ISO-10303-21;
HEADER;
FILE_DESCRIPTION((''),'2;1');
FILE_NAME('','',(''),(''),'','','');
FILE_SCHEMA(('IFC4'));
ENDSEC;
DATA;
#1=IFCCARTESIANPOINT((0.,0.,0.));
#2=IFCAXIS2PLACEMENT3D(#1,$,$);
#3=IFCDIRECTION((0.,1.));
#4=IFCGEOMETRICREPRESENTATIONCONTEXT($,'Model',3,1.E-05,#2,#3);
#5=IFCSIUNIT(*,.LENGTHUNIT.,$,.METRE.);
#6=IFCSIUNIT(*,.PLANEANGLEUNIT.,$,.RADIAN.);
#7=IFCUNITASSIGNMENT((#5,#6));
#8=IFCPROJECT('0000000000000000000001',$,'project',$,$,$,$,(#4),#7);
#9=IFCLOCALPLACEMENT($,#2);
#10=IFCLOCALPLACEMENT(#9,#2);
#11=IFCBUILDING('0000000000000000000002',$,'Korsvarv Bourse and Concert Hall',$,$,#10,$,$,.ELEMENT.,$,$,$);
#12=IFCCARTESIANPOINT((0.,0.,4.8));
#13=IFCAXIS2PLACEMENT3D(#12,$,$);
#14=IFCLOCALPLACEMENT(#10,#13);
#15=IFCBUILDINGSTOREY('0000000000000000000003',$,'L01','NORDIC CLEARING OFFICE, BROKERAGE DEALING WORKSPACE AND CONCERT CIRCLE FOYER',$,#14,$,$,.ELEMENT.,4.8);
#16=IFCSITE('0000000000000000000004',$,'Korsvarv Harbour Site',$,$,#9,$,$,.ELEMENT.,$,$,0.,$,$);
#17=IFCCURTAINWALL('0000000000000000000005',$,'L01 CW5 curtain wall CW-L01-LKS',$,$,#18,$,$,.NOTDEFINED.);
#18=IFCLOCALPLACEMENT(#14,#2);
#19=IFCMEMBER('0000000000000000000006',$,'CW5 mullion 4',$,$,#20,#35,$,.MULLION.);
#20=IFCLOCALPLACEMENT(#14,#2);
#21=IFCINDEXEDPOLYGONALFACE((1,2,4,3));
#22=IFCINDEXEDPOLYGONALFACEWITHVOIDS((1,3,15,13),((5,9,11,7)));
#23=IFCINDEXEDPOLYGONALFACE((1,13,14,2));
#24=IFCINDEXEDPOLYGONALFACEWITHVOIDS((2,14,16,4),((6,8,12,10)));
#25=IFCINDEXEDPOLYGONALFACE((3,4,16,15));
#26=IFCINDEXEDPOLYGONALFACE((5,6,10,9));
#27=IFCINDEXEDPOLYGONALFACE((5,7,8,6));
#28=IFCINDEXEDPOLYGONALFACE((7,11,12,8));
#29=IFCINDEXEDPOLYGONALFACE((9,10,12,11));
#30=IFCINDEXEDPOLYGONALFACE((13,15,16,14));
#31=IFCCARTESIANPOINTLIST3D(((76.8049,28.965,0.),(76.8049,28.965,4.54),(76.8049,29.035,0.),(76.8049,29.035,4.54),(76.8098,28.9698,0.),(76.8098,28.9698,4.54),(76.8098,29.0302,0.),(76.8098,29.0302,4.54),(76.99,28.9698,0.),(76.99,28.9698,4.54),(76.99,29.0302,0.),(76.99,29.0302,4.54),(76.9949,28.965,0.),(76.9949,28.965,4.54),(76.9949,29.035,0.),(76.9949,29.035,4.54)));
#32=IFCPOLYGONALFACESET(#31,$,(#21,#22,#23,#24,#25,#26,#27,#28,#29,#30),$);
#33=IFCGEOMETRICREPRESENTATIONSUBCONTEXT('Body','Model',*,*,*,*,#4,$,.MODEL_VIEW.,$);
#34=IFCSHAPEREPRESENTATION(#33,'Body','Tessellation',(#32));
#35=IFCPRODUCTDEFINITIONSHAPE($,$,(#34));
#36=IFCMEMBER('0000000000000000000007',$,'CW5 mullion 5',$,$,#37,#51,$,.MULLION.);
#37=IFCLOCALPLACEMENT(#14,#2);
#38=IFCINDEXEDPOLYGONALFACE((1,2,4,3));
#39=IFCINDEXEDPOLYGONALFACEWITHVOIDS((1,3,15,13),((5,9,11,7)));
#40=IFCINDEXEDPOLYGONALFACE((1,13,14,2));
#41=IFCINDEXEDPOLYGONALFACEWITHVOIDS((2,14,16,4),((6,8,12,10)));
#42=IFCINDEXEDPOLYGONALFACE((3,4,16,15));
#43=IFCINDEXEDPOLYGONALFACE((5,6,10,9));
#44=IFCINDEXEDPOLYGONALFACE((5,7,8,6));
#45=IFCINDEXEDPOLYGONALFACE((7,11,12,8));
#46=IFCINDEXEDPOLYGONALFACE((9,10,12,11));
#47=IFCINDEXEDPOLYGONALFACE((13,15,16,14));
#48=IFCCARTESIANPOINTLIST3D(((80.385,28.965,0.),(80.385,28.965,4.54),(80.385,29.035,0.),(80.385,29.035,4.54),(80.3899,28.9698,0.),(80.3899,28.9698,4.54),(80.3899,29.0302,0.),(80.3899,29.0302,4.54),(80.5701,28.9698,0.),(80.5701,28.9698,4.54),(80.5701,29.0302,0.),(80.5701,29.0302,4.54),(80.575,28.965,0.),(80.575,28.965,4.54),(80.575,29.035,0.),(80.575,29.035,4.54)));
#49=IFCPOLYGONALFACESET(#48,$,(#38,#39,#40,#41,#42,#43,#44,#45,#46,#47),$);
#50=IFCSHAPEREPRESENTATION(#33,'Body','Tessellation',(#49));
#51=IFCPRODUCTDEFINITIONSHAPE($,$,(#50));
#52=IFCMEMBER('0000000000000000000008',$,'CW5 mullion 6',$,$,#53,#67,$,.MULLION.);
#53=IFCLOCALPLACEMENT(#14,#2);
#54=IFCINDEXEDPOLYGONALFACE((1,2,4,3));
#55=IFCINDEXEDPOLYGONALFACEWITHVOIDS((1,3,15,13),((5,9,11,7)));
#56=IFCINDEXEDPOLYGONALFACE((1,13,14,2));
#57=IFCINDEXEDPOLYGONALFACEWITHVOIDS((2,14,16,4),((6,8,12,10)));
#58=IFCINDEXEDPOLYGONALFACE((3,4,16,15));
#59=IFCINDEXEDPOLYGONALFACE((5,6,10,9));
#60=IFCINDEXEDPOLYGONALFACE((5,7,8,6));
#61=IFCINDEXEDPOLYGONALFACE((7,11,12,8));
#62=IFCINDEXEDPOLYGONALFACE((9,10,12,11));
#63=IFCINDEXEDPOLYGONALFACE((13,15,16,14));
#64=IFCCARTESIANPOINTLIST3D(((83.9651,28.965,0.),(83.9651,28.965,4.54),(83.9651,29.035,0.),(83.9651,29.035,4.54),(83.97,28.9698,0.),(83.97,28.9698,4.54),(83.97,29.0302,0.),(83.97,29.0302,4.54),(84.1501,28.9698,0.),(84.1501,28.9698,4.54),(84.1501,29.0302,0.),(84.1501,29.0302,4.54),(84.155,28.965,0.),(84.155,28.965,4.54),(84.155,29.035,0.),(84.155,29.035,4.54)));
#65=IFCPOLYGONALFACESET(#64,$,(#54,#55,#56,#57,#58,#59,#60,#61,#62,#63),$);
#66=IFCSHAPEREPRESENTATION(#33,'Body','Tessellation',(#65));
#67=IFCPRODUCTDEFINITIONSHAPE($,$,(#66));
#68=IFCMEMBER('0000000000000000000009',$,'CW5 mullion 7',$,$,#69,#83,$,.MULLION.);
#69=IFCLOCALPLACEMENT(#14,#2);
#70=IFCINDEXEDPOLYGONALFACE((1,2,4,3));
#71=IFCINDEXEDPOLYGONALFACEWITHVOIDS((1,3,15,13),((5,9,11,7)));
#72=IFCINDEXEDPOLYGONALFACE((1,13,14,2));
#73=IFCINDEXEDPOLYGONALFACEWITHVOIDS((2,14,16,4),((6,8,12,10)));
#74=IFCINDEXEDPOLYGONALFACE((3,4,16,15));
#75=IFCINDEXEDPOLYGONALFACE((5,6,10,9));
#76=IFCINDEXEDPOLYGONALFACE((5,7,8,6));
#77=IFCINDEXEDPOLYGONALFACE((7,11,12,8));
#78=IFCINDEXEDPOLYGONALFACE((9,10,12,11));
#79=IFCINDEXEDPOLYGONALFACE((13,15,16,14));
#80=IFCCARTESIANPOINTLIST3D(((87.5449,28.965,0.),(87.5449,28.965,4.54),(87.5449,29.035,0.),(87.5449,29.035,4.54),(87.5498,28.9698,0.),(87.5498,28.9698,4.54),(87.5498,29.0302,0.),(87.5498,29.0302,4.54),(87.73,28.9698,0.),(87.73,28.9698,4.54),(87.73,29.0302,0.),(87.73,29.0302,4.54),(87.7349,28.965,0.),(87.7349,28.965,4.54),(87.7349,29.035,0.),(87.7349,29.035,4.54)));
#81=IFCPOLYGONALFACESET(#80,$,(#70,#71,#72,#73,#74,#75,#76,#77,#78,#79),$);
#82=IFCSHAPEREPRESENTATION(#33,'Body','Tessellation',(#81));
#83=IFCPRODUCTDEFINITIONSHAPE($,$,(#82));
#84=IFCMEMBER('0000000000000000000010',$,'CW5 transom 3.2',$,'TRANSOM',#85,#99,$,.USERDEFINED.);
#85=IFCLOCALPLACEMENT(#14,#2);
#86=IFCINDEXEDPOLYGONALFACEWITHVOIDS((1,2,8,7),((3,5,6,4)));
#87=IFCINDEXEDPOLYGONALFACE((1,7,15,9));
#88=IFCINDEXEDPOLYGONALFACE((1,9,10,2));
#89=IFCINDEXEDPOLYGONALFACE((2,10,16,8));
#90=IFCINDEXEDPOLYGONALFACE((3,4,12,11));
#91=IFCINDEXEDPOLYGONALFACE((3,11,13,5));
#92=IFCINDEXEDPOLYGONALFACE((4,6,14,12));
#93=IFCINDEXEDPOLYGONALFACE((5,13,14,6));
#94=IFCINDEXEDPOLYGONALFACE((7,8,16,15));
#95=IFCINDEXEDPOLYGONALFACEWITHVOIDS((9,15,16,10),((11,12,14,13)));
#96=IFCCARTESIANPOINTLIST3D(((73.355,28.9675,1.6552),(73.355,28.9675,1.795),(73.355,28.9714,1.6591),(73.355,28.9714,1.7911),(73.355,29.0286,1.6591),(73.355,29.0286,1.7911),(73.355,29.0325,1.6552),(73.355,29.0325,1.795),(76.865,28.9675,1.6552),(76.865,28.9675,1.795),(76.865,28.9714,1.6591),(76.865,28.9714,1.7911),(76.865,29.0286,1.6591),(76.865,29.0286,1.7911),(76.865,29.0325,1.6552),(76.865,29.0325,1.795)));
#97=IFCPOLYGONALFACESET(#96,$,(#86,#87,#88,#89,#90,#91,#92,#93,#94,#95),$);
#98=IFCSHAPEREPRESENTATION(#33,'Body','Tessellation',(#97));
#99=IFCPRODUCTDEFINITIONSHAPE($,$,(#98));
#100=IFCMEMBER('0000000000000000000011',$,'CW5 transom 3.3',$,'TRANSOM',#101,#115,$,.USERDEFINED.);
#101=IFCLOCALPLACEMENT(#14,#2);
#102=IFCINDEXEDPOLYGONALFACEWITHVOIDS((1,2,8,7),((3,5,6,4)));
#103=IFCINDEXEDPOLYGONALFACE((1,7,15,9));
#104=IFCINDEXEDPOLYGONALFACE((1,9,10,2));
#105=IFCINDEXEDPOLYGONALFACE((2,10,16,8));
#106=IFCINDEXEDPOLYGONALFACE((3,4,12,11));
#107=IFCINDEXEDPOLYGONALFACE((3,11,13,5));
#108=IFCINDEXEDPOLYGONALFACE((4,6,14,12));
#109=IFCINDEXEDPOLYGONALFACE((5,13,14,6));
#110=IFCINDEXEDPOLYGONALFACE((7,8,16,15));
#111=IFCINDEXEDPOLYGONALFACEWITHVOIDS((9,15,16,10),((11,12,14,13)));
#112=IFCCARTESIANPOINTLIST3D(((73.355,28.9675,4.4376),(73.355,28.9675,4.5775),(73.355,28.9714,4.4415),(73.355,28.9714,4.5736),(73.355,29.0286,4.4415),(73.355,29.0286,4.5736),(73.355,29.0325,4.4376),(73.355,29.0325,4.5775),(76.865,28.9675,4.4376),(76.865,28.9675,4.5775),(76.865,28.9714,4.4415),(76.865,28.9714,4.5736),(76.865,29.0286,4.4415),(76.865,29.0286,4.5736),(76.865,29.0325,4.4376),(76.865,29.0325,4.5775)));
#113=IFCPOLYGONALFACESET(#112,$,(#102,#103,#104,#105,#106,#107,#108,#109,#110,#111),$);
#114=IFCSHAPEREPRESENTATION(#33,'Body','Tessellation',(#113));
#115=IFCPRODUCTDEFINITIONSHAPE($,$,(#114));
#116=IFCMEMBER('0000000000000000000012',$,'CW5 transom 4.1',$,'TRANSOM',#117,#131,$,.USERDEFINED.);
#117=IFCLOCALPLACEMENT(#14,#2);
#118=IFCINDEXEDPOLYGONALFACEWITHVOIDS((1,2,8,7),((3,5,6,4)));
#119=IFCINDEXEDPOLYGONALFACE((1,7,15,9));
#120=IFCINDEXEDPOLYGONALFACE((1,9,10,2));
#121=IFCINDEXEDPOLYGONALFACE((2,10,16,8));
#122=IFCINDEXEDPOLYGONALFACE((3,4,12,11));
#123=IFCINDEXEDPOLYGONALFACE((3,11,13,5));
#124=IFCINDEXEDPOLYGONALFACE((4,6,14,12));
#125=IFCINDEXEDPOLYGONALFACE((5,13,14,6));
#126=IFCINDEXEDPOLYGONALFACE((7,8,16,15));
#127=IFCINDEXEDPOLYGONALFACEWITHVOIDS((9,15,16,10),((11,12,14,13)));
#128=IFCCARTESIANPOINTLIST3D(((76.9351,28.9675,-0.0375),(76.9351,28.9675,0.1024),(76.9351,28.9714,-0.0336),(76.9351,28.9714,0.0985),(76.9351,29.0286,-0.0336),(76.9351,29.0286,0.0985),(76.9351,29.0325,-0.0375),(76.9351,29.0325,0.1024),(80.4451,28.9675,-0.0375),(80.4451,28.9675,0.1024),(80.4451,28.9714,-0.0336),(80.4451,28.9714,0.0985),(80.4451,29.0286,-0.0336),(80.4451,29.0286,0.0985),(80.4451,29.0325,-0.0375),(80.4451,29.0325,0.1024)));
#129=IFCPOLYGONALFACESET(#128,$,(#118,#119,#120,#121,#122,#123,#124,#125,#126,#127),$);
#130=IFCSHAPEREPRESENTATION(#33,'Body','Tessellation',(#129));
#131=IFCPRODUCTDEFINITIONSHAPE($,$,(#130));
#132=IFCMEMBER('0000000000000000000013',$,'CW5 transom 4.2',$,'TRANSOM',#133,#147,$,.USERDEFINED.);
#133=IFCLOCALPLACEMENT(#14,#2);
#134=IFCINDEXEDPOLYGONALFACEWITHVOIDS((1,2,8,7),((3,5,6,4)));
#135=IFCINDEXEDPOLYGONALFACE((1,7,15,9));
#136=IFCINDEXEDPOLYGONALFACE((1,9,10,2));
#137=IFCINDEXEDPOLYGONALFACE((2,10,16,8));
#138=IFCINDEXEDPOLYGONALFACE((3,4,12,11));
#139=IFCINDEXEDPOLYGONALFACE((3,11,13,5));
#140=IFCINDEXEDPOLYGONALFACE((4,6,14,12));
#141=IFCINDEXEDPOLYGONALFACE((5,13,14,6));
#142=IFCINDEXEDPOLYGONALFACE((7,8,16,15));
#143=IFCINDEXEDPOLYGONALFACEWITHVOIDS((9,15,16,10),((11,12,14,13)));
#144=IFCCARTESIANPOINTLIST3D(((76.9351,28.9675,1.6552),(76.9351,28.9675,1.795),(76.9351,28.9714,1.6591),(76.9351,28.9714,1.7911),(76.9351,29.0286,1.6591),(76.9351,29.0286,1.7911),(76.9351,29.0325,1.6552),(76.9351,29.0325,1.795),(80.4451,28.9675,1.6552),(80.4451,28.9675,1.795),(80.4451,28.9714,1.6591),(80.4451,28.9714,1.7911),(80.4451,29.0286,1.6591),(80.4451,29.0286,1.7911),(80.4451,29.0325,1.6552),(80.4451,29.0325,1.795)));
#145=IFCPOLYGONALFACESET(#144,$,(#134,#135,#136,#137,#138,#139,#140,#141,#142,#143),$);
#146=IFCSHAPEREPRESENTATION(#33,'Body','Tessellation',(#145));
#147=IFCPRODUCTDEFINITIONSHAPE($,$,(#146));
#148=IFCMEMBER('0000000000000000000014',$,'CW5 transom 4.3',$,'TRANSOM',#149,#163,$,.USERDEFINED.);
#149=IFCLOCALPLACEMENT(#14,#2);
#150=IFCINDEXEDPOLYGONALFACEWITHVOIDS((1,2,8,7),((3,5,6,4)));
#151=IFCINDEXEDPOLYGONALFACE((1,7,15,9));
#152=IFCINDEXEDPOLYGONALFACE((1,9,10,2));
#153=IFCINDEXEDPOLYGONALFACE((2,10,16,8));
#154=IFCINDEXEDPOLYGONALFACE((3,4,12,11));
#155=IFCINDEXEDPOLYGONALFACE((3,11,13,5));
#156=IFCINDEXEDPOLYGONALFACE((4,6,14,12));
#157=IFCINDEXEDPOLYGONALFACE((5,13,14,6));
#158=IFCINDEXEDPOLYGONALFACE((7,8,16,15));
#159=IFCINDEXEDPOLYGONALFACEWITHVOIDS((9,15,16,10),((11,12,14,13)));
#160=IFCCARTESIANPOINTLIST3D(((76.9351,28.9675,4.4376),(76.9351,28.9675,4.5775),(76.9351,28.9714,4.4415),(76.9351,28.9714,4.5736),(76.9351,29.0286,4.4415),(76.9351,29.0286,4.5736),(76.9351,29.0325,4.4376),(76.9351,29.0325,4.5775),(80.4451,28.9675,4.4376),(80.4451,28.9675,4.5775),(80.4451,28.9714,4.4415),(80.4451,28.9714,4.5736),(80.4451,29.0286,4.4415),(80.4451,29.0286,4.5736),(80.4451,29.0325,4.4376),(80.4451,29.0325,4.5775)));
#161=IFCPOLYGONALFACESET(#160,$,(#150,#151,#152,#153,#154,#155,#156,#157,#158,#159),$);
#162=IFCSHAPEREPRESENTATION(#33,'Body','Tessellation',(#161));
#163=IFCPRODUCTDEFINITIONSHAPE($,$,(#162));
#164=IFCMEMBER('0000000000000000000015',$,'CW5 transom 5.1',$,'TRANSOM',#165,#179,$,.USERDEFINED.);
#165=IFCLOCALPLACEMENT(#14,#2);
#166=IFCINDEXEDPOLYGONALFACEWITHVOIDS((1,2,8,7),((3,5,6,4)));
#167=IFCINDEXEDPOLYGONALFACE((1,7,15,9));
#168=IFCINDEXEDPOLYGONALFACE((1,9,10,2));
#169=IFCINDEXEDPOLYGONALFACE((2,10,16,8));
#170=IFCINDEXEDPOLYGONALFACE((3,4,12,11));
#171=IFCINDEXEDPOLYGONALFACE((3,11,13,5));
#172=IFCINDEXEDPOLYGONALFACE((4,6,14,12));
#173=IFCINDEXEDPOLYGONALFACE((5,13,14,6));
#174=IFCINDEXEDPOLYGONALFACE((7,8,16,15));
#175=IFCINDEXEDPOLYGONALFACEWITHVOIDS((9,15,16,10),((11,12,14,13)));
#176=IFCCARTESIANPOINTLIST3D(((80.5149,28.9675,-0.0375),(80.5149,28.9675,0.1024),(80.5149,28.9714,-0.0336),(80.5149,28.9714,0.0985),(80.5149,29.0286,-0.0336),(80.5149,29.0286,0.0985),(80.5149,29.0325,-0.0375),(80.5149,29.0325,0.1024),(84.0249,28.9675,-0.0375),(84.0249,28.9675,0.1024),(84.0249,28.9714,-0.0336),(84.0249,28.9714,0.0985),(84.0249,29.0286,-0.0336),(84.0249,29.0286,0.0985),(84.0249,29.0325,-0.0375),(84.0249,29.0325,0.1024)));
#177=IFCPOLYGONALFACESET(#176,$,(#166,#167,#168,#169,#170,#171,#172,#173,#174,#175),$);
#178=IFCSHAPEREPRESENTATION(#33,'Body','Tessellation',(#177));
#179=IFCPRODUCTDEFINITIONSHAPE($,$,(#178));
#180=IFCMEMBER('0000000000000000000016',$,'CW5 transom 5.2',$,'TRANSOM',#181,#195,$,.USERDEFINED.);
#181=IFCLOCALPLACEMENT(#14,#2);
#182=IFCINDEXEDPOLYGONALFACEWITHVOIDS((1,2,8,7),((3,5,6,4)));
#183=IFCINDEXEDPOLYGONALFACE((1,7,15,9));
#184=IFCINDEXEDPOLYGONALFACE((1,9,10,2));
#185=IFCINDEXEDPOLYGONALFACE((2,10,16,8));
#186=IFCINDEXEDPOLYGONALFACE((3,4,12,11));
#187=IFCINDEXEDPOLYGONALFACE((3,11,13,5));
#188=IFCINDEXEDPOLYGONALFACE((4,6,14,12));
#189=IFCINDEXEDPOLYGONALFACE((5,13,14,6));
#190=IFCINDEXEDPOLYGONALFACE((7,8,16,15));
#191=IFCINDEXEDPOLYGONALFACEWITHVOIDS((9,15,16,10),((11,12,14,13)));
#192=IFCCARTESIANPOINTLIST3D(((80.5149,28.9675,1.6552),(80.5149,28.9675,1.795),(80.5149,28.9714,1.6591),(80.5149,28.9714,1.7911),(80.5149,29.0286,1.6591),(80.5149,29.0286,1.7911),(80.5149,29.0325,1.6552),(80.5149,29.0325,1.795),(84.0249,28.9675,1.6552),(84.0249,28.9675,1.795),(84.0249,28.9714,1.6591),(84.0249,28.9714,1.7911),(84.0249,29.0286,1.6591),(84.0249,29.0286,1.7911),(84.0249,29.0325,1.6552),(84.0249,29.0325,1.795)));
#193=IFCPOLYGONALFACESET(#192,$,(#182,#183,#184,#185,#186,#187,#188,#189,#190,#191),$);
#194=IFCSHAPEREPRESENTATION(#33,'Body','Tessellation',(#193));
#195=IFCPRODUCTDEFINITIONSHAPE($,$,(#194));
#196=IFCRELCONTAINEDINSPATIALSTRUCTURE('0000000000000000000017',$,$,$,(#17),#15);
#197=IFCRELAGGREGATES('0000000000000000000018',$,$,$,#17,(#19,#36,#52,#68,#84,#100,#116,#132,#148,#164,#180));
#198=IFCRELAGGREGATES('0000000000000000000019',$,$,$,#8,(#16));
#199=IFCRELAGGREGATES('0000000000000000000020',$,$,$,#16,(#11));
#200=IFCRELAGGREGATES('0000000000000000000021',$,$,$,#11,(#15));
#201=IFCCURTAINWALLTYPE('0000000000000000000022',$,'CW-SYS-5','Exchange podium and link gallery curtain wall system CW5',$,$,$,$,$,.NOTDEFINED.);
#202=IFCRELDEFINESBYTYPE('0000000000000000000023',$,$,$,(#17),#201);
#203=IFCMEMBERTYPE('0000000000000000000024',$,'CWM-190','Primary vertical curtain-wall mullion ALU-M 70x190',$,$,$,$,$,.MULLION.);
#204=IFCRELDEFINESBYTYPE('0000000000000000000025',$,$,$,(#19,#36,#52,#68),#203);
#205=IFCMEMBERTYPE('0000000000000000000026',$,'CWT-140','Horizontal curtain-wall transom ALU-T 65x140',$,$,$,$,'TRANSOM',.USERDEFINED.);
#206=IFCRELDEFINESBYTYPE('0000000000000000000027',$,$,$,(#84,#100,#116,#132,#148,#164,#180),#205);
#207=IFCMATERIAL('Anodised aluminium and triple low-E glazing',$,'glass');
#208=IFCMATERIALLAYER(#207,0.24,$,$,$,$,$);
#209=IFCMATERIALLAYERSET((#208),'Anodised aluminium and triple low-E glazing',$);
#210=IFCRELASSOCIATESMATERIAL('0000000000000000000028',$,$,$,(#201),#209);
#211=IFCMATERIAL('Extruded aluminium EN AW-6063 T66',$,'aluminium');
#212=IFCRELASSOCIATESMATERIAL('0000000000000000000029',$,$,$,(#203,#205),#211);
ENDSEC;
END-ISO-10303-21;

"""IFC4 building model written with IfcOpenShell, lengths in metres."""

from ifc_helpers import new_model, si_unit, direction, frame, origin, origin_2d, place, context, subcontext, project, spatial, hollow_rectangle, extrude, source, transform, mapped, material, layer, layer_set, material_profile, profile_set, type_object, element, aggregate, save


model = new_model("IFC4")

# Units and contexts
model_context = context("Model", 3, precision=1e-05, world=origin(), true_north=direction((0.0, 1.0)))
body_context = subcontext(model_context, "Body", "Model", "MODEL_VIEW")
ifc_project = project(units=[si_unit("LENGTHUNIT", "METRE"), si_unit("PLANEANGLEUNIT", "RADIAN")], contexts=[model_context])

# Site, building, storey
site_placement = place(None, origin())
site = spatial("IfcSite", under=ifc_project, at=site_placement, Name="Korsvarv Harbour Site", CompositionType="ELEMENT", RefElevation=0.0)
building_placement = place(site_placement, origin())
building = spatial("IfcBuilding", under=site, at=building_placement, Name="Korsvarv Bourse and Concert Hall", CompositionType="ELEMENT")
storey_placement = place(building_placement, frame((0.0, 0.0, 4.8)))
storey = spatial("IfcBuildingStorey", under=building, at=storey_placement, Name="L01", Description="NORDIC CLEARING OFFICE, BROKERAGE DEALING WORKSPACE AND CONCERT CIRCLE FOYER", CompositionType="ELEMENT", Elevation=4.8)

# Curtain wall, members
ifc_material_1 = material(Name="Anodised aluminium and triple low-E glazing", Category="glass")
ifc_layer_1 = layer(ifc_material_1, 0.24)
ifc_layer_set_1 = layer_set([ifc_layer_1], Name="Anodised aluminium and triple low-E glazing")
curtain_wall_type = type_object("IfcCurtainWallType", Name="CW-SYS-5", Description="Exchange podium and link gallery curtain wall system CW5", PredefinedType="NOTDEFINED", material=ifc_layer_set_1)
curtain_wall_placement = place(storey_placement, origin())
curtain_wall = element("IfcCurtainWall", 1, at=curtain_wall_placement, inside=storey, type_object=curtain_wall_type, Name="L01 CW5 curtain wall CW-L01-LKS", PredefinedType="NOTDEFINED")
ifc_material_2 = material(Name="Extruded aluminium EN AW-6063 T66", Category="aluminium")
ifc_material_profile_1 = material_profile(ifc_material_2, hollow_rectangle(XDim=0.0701, YDim=0.1899, WallThickness=0.0049, at=origin_2d()), Name="ALU-M 70x190")
ifc_profile_set_1 = profile_set([ifc_material_profile_1], Name="Extruded aluminium EN AW-6063 T66")
member_type_1 = type_object("IfcMemberType", Name="CWM-190", Description="Primary vertical curtain-wall mullion ALU-M 70x190", PredefinedType="MULLION", material=ifc_profile_set_1)
shared_shape_1 = source(origin(), body_context, "Body", "SweptSolid", [
    extrude(hollow_rectangle(XDim=0.0701, YDim=0.1899, WallThickness=0.0049, at=origin_2d()), origin(), (0.0, 0.0, 1.0), 4.54),
])
member_1_placement = place(storey_placement, frame((76.8999, 29.0, 0.0), z_axis=(0.0, 0.0, 1.0), x_axis=(0.0, 1.0, 0.0)))
member_1 = element("IfcMember", 2, at=member_1_placement, type_object=member_type_1, Name="CW5 mullion 4", PredefinedType="MULLION", context=body_context, shape_type="MappedRepresentation", body=[
    mapped(shared_shape_1, transform((0.0, 0.0, 0.0), scale=1.0)),
])
member_2_placement = place(storey_placement, frame((80.48, 29.0, 0.0), z_axis=(0.0, 0.0, 1.0), x_axis=(0.0, 1.0, 0.0)))
member_2 = element("IfcMember", 3, at=member_2_placement, type_object=member_type_1, Name="CW5 mullion 5", PredefinedType="MULLION", context=body_context, shape_type="MappedRepresentation", body=[
    mapped(shared_shape_1, transform((0.0, 0.0, 0.0), scale=1.0)),
])
member_3_placement = place(storey_placement, frame((84.0601, 29.0, 0.0), z_axis=(0.0, 0.0, 1.0), x_axis=(0.0, 1.0, 0.0)))
member_3 = element("IfcMember", 4, at=member_3_placement, type_object=member_type_1, Name="CW5 mullion 6", PredefinedType="MULLION", context=body_context, shape_type="MappedRepresentation", body=[
    mapped(shared_shape_1, transform((0.0, 0.0, 0.0), scale=1.0)),
])
member_4_placement = place(storey_placement, frame((87.6399, 29.0, 0.0), z_axis=(0.0, 0.0, 1.0), x_axis=(0.0, 1.0, 0.0)))
member_4 = element("IfcMember", 5, at=member_4_placement, type_object=member_type_1, Name="CW5 mullion 7", PredefinedType="MULLION", context=body_context, shape_type="MappedRepresentation", body=[
    mapped(shared_shape_1, transform((0.0, 0.0, 0.0), scale=1.0)),
])
ifc_material_profile_2 = material_profile(ifc_material_2, hollow_rectangle(XDim=0.0649, YDim=0.1399, WallThickness=0.0039, at=origin_2d()), Name="ALU-T 65x140")
ifc_profile_set_2 = profile_set([ifc_material_profile_2], Name="Extruded aluminium EN AW-6063 T66")
member_type_2 = type_object("IfcMemberType", Name="CWT-140", Description="Horizontal curtain-wall transom ALU-T 65x140", ElementType="TRANSOM", PredefinedType="USERDEFINED", material=ifc_profile_set_2)
shared_shape_2 = source(origin(), body_context, "Body", "SweptSolid", [
    extrude(hollow_rectangle(XDim=0.0649, YDim=0.1399, WallThickness=0.0039, at=origin_2d()), origin(), (0.0, 0.0, 1.0), 3.51),
])
member_5_placement = place(storey_placement, frame((73.355, 29.0, 1.7251), z_axis=(1.0, 0.0, 0.0), x_axis=(0.0, 1.0, 0.0)))
member_5 = element("IfcMember", 6, at=member_5_placement, type_object=member_type_2, Name="CW5 transom 3.2", ObjectType="TRANSOM", PredefinedType="USERDEFINED", context=body_context, shape_type="MappedRepresentation", body=[
    mapped(shared_shape_2, transform((0.0, 0.0, 0.0), scale=1.0)),
])
member_6_placement = place(storey_placement, frame((73.355, 29.0, 4.5076), z_axis=(1.0, 0.0, 0.0), x_axis=(0.0, 1.0, 0.0)))
member_6 = element("IfcMember", 7, at=member_6_placement, type_object=member_type_2, Name="CW5 transom 3.3", ObjectType="TRANSOM", PredefinedType="USERDEFINED", context=body_context, shape_type="MappedRepresentation", body=[
    mapped(shared_shape_2, transform((0.0, 0.0, 0.0), scale=1.0)),
])
member_7_placement = place(storey_placement, frame((76.9351, 29.0, 0.0325), z_axis=(1.0, 0.0, 0.0), x_axis=(0.0, 1.0, 0.0)))
member_7 = element("IfcMember", 8, at=member_7_placement, type_object=member_type_2, Name="CW5 transom 4.1", ObjectType="TRANSOM", PredefinedType="USERDEFINED", context=body_context, shape_type="MappedRepresentation", body=[
    mapped(shared_shape_2, transform((0.0, 0.0, 0.0), scale=1.0)),
])
member_8_placement = place(storey_placement, frame((76.9351, 29.0, 1.7251), z_axis=(1.0, 0.0, 0.0), x_axis=(0.0, 1.0, 0.0)))
member_8 = element("IfcMember", 9, at=member_8_placement, type_object=member_type_2, Name="CW5 transom 4.2", ObjectType="TRANSOM", PredefinedType="USERDEFINED", context=body_context, shape_type="MappedRepresentation", body=[
    mapped(shared_shape_2, transform((0.0, 0.0, 0.0), scale=1.0)),
])
member_9_placement = place(storey_placement, frame((76.9351, 29.0, 4.5076), z_axis=(1.0, 0.0, 0.0), x_axis=(0.0, 1.0, 0.0)))
member_9 = element("IfcMember", 10, at=member_9_placement, type_object=member_type_2, Name="CW5 transom 4.3", ObjectType="TRANSOM", PredefinedType="USERDEFINED", context=body_context, shape_type="MappedRepresentation", body=[
    mapped(shared_shape_2, transform((0.0, 0.0, 0.0), scale=1.0)),
])
member_10_placement = place(storey_placement, frame((80.5149, 29.0, 0.0325), z_axis=(1.0, 0.0, 0.0), x_axis=(0.0, 1.0, 0.0)))
member_10 = element("IfcMember", 11, at=member_10_placement, type_object=member_type_2, Name="CW5 transom 5.1", ObjectType="TRANSOM", PredefinedType="USERDEFINED", context=body_context, shape_type="MappedRepresentation", body=[
    mapped(shared_shape_2, transform((0.0, 0.0, 0.0), scale=1.0)),
])
member_11_placement = place(storey_placement, frame((80.5149, 29.0, 1.7251), z_axis=(1.0, 0.0, 0.0), x_axis=(0.0, 1.0, 0.0)))
member_11 = element("IfcMember", 12, at=member_11_placement, type_object=member_type_2, Name="CW5 transom 5.2", ObjectType="TRANSOM", PredefinedType="USERDEFINED", context=body_context, shape_type="MappedRepresentation", body=[
    mapped(shared_shape_2, transform((0.0, 0.0, 0.0), scale=1.0)),
])
aggregate(curtain_wall, [member_1, member_2, member_3, member_4, member_5, member_6, member_7, member_8, member_9, member_10, member_11])

save(model, "model.ifc")
